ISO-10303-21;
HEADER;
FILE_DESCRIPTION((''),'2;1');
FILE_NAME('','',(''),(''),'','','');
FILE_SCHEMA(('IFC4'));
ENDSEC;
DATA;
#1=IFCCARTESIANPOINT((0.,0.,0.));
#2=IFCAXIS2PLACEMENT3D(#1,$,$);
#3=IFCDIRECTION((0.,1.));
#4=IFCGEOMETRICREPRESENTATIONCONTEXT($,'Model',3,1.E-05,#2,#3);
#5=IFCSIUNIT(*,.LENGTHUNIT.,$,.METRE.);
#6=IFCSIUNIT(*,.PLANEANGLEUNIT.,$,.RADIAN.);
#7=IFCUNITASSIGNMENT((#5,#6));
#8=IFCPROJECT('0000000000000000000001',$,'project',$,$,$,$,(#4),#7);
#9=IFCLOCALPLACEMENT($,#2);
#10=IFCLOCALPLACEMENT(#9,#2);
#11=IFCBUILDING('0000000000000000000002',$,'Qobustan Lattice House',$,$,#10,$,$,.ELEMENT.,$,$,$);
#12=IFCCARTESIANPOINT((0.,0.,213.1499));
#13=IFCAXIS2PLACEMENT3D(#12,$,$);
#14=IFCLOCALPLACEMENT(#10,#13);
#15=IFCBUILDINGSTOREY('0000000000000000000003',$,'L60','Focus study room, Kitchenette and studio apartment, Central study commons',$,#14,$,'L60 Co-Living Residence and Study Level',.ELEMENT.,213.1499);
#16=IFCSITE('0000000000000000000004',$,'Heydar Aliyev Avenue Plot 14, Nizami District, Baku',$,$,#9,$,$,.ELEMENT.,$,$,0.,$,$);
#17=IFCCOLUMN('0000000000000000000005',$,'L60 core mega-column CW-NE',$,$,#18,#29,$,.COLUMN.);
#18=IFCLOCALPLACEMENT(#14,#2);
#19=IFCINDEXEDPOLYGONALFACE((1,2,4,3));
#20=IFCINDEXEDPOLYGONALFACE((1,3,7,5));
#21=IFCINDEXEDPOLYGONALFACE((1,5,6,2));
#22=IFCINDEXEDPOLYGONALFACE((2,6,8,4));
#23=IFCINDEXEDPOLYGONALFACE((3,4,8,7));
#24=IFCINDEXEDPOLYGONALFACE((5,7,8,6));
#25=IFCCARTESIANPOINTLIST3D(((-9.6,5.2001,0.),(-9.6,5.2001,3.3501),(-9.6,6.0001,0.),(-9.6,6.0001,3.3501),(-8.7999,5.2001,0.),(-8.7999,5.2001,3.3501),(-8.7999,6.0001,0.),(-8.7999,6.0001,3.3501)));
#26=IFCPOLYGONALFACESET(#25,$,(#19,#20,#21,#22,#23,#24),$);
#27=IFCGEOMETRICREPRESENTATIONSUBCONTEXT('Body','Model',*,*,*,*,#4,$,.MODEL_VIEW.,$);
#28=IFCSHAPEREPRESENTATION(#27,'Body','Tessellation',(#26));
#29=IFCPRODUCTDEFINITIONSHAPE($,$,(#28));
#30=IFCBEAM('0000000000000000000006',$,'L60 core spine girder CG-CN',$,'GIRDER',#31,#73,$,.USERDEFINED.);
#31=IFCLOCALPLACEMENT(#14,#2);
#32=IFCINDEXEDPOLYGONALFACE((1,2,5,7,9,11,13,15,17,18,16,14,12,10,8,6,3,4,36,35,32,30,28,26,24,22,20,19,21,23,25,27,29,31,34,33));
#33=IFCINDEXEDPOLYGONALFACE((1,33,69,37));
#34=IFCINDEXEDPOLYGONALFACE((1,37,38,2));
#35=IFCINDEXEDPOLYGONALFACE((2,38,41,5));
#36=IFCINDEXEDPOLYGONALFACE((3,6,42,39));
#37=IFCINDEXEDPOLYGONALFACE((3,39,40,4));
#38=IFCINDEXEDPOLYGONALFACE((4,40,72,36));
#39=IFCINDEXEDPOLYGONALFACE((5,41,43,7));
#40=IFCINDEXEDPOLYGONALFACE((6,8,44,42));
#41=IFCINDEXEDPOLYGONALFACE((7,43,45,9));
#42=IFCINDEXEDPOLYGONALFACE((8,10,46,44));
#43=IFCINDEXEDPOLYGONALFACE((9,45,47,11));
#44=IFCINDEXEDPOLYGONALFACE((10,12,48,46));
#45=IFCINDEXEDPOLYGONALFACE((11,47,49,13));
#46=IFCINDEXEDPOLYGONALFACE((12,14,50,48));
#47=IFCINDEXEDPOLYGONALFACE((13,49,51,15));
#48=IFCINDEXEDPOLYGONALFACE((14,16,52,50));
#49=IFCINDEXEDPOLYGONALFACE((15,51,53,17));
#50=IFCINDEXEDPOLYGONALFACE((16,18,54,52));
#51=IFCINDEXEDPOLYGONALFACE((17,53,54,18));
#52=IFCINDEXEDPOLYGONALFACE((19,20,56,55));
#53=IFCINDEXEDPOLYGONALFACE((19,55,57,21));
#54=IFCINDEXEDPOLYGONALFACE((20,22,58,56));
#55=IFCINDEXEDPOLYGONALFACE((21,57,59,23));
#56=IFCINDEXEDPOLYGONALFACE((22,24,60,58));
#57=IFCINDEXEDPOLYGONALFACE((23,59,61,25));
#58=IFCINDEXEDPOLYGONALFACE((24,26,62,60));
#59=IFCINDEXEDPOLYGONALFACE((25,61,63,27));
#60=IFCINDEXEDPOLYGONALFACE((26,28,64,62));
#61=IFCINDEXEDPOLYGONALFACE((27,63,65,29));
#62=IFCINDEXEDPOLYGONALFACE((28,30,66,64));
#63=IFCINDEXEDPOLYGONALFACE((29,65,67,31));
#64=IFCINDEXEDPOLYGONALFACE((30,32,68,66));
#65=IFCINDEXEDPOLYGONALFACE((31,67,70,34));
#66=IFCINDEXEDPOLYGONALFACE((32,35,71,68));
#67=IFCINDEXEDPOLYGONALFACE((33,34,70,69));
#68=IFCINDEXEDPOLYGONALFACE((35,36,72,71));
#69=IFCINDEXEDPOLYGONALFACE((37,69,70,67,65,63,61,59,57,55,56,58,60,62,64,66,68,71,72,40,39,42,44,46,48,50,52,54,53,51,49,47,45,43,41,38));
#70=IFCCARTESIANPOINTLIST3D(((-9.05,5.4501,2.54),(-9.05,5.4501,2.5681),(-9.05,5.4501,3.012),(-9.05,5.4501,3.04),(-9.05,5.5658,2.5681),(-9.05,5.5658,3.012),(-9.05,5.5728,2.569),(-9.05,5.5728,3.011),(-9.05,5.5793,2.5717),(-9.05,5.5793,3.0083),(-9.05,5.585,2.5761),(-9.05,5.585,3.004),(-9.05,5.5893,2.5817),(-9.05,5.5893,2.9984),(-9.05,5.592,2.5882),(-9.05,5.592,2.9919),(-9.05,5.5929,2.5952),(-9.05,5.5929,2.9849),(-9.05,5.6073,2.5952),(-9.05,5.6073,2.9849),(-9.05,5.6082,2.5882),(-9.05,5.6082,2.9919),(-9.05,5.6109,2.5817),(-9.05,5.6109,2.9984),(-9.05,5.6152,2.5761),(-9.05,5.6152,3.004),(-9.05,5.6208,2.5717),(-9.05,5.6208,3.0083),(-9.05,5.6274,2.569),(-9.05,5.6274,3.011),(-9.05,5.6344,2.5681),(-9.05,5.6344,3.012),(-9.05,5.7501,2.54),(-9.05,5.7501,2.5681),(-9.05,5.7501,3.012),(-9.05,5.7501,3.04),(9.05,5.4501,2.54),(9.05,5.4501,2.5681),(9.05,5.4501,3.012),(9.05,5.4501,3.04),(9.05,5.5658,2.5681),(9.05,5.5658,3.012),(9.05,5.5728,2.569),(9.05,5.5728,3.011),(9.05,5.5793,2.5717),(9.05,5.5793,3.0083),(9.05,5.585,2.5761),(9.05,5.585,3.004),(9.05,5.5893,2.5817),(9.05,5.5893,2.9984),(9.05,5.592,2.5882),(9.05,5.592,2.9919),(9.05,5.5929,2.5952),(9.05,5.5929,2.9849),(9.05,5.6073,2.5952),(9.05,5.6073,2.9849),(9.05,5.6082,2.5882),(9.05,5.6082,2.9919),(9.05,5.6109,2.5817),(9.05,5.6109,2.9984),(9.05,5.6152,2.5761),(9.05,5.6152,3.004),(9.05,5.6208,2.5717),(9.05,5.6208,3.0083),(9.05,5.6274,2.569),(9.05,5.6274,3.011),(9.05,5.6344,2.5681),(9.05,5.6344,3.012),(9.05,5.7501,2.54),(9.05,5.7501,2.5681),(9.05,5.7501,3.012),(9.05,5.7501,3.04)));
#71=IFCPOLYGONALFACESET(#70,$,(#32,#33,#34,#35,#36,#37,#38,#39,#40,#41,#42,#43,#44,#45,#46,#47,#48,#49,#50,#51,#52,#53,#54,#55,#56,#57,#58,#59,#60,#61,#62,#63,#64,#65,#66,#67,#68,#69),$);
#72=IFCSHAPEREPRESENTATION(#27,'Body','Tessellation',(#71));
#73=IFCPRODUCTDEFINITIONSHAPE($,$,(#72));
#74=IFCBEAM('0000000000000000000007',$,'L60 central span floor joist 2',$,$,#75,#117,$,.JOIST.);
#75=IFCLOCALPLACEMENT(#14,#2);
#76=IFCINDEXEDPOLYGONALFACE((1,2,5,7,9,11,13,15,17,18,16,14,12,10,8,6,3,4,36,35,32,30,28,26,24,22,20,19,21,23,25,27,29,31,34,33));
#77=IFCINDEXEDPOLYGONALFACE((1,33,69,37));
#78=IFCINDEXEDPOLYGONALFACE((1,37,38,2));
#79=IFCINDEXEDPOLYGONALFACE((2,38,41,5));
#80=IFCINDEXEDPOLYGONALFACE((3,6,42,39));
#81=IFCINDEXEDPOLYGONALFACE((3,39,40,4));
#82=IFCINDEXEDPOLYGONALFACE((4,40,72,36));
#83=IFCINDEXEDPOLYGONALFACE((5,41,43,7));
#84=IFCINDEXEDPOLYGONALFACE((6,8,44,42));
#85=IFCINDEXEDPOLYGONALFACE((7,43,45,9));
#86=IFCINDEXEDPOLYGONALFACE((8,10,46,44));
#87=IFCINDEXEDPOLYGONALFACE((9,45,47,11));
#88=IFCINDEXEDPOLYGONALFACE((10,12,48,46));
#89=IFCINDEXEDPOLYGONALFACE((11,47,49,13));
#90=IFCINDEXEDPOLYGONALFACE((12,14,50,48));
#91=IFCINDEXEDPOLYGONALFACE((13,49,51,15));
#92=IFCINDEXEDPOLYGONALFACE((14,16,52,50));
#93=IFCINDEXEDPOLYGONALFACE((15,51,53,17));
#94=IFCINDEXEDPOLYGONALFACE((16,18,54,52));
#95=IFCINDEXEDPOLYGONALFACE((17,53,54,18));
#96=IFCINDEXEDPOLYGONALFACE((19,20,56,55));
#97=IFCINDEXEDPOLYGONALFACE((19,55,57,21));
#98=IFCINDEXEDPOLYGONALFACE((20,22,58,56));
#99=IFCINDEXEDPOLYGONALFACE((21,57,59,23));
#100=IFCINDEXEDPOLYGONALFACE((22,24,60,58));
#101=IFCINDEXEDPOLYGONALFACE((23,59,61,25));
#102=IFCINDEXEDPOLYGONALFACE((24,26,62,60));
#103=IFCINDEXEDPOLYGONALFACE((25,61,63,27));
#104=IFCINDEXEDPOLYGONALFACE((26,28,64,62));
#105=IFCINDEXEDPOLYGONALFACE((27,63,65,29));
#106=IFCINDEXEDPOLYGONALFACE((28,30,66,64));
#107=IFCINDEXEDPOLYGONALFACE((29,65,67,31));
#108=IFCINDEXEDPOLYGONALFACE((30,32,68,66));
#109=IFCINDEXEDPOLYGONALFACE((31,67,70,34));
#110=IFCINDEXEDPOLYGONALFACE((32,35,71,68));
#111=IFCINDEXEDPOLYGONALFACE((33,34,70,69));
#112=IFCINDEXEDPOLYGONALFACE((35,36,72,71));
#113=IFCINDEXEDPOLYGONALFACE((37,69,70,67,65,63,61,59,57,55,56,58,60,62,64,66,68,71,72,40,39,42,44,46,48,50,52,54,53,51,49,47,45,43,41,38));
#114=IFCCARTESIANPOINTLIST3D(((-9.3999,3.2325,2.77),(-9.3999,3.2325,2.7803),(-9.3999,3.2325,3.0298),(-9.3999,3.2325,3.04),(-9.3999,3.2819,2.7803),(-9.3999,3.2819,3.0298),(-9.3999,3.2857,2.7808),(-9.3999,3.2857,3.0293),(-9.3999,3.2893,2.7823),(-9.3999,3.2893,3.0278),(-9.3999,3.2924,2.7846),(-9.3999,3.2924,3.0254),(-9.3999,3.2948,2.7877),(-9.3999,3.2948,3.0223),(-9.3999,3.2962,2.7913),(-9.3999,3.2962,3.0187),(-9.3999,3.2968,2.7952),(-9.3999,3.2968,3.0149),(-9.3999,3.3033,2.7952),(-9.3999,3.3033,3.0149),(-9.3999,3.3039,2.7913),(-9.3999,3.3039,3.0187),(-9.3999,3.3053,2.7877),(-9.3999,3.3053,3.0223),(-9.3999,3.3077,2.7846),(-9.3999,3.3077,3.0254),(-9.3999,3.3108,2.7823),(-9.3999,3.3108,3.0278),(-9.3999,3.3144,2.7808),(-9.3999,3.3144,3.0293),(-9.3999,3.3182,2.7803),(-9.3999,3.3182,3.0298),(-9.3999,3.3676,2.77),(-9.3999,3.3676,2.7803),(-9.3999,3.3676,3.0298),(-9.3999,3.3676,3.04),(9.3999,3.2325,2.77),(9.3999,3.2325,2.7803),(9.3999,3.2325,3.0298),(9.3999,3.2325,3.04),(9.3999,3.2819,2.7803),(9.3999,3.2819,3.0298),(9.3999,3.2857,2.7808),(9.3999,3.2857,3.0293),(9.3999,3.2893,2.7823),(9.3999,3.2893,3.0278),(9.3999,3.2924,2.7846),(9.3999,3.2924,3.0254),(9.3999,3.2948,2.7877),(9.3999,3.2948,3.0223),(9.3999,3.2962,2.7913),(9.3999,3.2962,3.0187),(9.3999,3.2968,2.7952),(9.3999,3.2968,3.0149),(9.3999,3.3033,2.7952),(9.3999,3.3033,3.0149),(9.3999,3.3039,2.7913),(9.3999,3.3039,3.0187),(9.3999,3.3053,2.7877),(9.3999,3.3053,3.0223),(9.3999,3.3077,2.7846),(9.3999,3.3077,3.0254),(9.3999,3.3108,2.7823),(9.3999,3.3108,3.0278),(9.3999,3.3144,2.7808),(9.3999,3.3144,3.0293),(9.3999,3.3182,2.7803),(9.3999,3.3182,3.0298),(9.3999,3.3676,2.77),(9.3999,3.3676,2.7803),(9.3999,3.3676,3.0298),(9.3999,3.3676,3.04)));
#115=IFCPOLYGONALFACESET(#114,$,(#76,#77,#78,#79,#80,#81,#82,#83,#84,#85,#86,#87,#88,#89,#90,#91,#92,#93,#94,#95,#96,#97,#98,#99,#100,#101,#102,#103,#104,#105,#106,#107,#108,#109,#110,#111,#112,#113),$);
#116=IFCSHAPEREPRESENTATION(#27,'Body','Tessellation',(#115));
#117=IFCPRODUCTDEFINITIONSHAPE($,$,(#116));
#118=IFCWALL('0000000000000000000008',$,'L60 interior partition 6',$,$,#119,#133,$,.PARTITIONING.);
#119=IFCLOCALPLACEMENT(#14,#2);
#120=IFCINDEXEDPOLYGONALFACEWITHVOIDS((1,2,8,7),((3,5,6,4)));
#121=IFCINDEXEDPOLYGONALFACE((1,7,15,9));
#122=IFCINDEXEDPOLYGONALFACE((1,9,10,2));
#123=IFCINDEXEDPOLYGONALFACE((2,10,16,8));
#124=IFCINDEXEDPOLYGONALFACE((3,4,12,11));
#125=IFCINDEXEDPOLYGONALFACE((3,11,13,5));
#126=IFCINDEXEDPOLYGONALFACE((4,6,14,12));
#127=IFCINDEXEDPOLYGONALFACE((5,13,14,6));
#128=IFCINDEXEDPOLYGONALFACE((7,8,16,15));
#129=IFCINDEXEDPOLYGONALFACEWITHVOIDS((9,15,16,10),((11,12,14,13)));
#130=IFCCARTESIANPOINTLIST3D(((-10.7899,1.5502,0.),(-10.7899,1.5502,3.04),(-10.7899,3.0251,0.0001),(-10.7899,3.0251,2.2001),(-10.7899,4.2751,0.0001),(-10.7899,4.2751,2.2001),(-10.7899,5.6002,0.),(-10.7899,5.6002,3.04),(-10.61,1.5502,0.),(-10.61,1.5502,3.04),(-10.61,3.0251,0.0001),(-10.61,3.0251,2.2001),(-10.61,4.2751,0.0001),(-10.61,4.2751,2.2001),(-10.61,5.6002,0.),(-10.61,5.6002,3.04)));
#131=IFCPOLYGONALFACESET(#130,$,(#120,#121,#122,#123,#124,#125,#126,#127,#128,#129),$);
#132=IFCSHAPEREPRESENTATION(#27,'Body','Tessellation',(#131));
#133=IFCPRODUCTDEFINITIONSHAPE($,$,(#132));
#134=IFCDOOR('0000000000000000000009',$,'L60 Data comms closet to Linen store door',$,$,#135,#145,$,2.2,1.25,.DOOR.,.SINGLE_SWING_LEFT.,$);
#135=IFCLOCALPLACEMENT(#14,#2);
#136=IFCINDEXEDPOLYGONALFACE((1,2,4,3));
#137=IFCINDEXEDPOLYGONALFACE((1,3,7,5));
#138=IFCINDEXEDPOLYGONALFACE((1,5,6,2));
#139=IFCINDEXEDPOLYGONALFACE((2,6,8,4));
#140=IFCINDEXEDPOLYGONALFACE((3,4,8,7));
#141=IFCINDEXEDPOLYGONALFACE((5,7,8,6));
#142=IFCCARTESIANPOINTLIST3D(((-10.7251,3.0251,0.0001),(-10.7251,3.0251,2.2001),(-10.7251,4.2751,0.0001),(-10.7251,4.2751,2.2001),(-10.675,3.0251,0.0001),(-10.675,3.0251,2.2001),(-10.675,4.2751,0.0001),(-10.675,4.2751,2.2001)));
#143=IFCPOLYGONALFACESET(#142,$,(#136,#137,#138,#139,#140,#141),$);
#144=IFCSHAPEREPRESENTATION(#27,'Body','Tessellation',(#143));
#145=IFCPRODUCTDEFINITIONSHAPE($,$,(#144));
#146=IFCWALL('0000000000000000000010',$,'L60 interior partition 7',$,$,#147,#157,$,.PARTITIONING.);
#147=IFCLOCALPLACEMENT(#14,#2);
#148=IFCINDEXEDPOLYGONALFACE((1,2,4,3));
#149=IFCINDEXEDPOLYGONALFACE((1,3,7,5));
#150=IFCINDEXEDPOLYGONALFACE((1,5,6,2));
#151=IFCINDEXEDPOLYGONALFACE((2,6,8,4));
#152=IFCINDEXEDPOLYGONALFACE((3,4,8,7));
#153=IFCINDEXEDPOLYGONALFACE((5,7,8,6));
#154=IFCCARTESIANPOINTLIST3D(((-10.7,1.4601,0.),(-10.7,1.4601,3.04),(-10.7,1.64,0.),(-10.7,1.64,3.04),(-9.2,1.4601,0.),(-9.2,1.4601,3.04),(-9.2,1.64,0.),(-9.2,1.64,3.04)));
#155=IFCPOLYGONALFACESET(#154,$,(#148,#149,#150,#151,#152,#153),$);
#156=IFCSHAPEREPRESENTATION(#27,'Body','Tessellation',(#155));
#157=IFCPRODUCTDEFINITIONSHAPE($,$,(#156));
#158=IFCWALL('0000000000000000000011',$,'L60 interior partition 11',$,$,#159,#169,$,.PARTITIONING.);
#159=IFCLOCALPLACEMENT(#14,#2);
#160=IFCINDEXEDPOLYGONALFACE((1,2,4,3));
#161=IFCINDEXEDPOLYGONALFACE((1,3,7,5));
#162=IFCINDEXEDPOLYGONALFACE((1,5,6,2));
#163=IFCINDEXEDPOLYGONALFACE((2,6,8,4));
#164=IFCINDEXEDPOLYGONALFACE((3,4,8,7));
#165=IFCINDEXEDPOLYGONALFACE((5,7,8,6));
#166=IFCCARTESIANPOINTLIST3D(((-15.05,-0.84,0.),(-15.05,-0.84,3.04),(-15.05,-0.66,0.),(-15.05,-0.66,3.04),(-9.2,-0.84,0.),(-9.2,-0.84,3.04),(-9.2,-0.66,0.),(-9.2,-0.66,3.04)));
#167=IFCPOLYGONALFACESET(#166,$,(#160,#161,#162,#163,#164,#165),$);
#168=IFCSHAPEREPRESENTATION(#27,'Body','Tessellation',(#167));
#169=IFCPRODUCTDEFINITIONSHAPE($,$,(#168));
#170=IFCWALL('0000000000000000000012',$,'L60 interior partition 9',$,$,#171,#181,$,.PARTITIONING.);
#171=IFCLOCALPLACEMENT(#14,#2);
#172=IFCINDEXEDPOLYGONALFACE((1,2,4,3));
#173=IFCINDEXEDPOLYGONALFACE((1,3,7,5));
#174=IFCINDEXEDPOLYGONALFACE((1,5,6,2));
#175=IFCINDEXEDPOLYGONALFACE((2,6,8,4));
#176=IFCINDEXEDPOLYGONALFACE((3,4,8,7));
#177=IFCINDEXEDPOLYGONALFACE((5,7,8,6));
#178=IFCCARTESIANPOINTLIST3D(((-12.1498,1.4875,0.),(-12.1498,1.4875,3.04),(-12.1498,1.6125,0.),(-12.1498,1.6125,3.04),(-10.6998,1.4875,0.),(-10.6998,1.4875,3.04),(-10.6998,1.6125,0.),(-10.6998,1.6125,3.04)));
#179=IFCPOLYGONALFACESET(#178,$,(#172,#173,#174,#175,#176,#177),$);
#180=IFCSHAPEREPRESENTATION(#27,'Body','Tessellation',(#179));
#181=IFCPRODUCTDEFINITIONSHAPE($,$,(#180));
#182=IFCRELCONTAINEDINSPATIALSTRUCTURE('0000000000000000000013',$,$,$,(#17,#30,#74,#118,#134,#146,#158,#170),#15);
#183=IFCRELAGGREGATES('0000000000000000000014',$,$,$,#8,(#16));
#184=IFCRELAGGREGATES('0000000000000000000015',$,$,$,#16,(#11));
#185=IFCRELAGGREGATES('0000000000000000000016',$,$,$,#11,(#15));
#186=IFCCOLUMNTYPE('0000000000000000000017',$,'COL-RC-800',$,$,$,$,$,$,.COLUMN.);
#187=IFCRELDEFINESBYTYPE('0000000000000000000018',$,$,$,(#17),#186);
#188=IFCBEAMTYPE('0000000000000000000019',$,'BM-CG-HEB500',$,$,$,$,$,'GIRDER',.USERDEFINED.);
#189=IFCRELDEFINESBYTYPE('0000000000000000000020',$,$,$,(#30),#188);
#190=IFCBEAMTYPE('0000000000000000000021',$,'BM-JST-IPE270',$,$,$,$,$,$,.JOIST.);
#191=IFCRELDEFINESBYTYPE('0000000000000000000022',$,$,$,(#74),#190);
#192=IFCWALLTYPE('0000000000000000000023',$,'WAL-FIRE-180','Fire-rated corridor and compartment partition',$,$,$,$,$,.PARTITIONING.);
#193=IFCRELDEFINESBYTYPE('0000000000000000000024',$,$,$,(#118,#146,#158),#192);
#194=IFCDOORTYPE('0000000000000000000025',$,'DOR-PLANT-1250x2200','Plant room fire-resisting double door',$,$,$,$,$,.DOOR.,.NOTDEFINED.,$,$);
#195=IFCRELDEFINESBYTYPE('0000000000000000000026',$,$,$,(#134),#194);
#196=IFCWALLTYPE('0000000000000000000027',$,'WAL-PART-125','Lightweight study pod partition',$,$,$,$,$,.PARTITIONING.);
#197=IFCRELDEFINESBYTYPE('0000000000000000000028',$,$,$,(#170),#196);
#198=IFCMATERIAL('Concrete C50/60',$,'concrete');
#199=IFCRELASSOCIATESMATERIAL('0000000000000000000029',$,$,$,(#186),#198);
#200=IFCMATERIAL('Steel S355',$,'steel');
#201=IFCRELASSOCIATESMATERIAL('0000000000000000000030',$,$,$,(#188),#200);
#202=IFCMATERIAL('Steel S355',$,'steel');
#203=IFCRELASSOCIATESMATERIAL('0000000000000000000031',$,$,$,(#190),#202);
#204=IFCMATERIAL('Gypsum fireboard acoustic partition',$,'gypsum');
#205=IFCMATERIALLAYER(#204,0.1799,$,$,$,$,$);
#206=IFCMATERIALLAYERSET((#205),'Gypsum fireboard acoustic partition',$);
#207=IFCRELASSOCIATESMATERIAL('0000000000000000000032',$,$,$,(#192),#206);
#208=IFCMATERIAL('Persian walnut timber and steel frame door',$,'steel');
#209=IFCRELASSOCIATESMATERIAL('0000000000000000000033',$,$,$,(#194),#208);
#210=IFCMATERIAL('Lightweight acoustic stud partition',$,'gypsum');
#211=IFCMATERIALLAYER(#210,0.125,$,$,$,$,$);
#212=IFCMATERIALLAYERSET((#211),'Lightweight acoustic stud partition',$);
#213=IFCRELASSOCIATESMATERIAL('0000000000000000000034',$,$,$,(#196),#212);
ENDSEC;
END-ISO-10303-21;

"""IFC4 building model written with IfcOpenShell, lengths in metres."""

from ifc_helpers import new_model, si_unit, direction, frame, frame_2d, origin, origin_2d, place, context, subcontext, project, spatial, rectangle, i_section, extrude, material, layer, layer_set, material_profile, profile_set, type_object, element, fill, save


model = new_model("IFC4")

# Units and contexts
model_context = context("Model", 3, precision=1e-05, world=origin(), true_north=direction((0.0, 1.0)))
body_context = subcontext(model_context, "Body", "Model", "MODEL_VIEW")
ifc_project = project(units=[si_unit("LENGTHUNIT", "METRE"), si_unit("PLANEANGLEUNIT", "RADIAN")], contexts=[model_context])

# Site, building, storey
site_placement = place(None, origin())
site = spatial("IfcSite", under=ifc_project, at=site_placement, Name="Heydar Aliyev Avenue Plot 14, Nizami District, Baku", CompositionType="ELEMENT", RefElevation=0.0)
building_placement = place(site_placement, origin())
building = spatial("IfcBuilding", under=site, at=building_placement, Name="Qobustan Lattice House", CompositionType="ELEMENT")
storey_placement = place(building_placement, frame((0.0, 0.0, 213.1499)))
storey = spatial("IfcBuildingStorey", under=building, at=storey_placement, Name="L60", Description="Focus study room, Kitchenette and studio apartment, Central study commons", LongName="L60 Co-Living Residence and Study Level", CompositionType="ELEMENT", Elevation=213.1499)

# Column
ifc_material_1 = material(Name="Concrete C50/60", Category="concrete")
ifc_material_profile_1 = material_profile(ifc_material_1, rectangle(XDim=0.8, YDim=0.8, at=origin_2d()), Name="RC800x800")
ifc_profile_set_1 = profile_set([ifc_material_profile_1], Name="Concrete C50/60")
column_type = type_object("IfcColumnType", Name="COL-RC-800", PredefinedType="COLUMN", material=ifc_profile_set_1)
column_placement = place(storey_placement, frame((-9.2, 5.6001, 0.0), z_axis=(0.0, 0.0, 1.0), x_axis=(1.0, 0.0, 0.0)))
element("IfcColumn", 1, at=column_placement, inside=storey, type_object=column_type, Name="L60 core mega-column CW-NE", PredefinedType="COLUMN", context=body_context, shape_type="SweptSolid", body=[
    extrude(rectangle(XDim=0.8, YDim=0.8, at=origin_2d()), origin(), (0.0, 0.0, 1.0), 3.3501),
])

# Beams
ifc_material_2 = material(Name="Steel S355", Category="steel")
ifc_material_profile_2 = material_profile(ifc_material_2, i_section(OverallWidth=0.3, OverallDepth=0.5, WebThickness=0.0144, FlangeThickness=0.0281, FilletRadius=0.0271, at=origin_2d()), Name="HEB500")
ifc_profile_set_2 = profile_set([ifc_material_profile_2], Name="Steel S355")
beam_type_1 = type_object("IfcBeamType", Name="BM-CG-HEB500", ElementType="GIRDER", PredefinedType="USERDEFINED", material=ifc_profile_set_2)
beam_1_placement = place(storey_placement, frame((-9.05, 5.6001, 2.79), z_axis=(1.0, 0.0, 0.0), x_axis=(0.0, 1.0, 0.0)))
element("IfcBeam", 2, at=beam_1_placement, inside=storey, type_object=beam_type_1, Name="L60 core spine girder CG-CN", ObjectType="GIRDER", PredefinedType="USERDEFINED", context=body_context, shape_type="SweptSolid", body=[
    extrude(i_section(OverallWidth=0.3, OverallDepth=0.5, WebThickness=0.0144, FlangeThickness=0.0281, FilletRadius=0.0271, at=origin_2d()), origin(), (0.0, 0.0, 1.0), 18.1001),
])
ifc_material_3 = material(Name="Steel S355", Category="steel")
ifc_material_profile_3 = material_profile(ifc_material_3, i_section(OverallWidth=0.135, OverallDepth=0.27, WebThickness=0.0066, FlangeThickness=0.0103, FilletRadius=0.0149, at=origin_2d()), Name="IPE270")
ifc_profile_set_3 = profile_set([ifc_material_profile_3], Name="Steel S355")
beam_type_2 = type_object("IfcBeamType", Name="BM-JST-IPE270", PredefinedType="JOIST", material=ifc_profile_set_3)
beam_2_placement = place(storey_placement, frame((-9.3999, 3.3, 2.905), z_axis=(1.0, 0.0, 0.0), x_axis=(0.0, 1.0, 0.0)))
element("IfcBeam", 3, at=beam_2_placement, inside=storey, type_object=beam_type_2, Name="L60 central span floor joist 2", PredefinedType="JOIST", context=body_context, shape_type="SweptSolid", body=[
    extrude(i_section(OverallWidth=0.135, OverallDepth=0.27, WebThickness=0.0066, FlangeThickness=0.0103, FilletRadius=0.0149, at=origin_2d()), origin(), (0.0, 0.0, 1.0), 18.7998),
])

# Wall, opening, door
ifc_material_4 = material(Name="Gypsum fireboard acoustic partition", Category="gypsum")
ifc_layer_1 = layer(ifc_material_4, 0.1799)
ifc_layer_set_1 = layer_set([ifc_layer_1], Name="Gypsum fireboard acoustic partition")
wall_type_1 = type_object("IfcWallType", Name="WAL-FIRE-180", Description="Fire-rated corridor and compartment partition", PredefinedType="PARTITIONING", material=ifc_layer_set_1)
wall_1_placement = place(storey_placement, frame((-10.7, 5.6001, 0.0), z_axis=(0.0, 0.0, 1.0), x_axis=(0.0, -1.0, 0.0)))
wall_1 = element("IfcWall", 4, at=wall_1_placement, inside=storey, type_object=wall_type_1, Name="L60 interior partition 6", PredefinedType="PARTITIONING", context=body_context, shape_type="SweptSolid", body=[
    extrude(rectangle(XDim=4.05, YDim=0.1799, at=frame_2d((2.0249, 0.0))), origin(), (0.0, 0.0, 1.0), 3.04),
])
opening_1_placement = place(wall_1_placement, frame((1.325, 0.0, 0.0)))
opening_1 = element("IfcOpeningElement", 5, at=opening_1_placement, cuts=wall_1, PredefinedType="OPENING", context=body_context, shape_type="SweptSolid", body=[
    extrude(rectangle(XDim=1.25, YDim=2.2, at=frame_2d((0.625, 1.1001))), frame((0.0, 0.0999, 0.0), z_axis=(0.0, -1.0, 0.0), x_axis=(1.0, 0.0, 0.0)), (0.0, 0.0, 1.0), 0.2),
])
ifc_material_5 = material(Name="Persian walnut timber and steel frame door", Category="steel")
door_type_1 = type_object("IfcDoorType", Name="DOR-PLANT-1250x2200", Description="Plant room fire-resisting double door", OperationType="NOTDEFINED", PredefinedType="DOOR", material=ifc_material_5)
door_1_placement = place(opening_1_placement, origin())
door_1 = element("IfcDoor", 6, at=door_1_placement, inside=storey, type_object=door_type_1, Name="L60 Data comms closet to Linen store door", OperationType="SINGLE_SWING_LEFT", OverallHeight=2.2, OverallWidth=1.25, PredefinedType="DOOR", context=body_context, shape_type="SweptSolid", body=[
    extrude(rectangle(XDim=1.25, YDim=2.2, at=frame_2d((0.625, 1.1001))), frame((0.0, 0.0249, 0.0), z_axis=(0.0, -1.0, 0.0), x_axis=(1.0, 0.0, 0.0)), (0.0, 0.0, 1.0), 0.05),
])
fill(opening_1, door_1)

# Walls
wall_2_placement = place(storey_placement, frame((-10.7, 1.55, 0.0), z_axis=(0.0, 0.0, 1.0), x_axis=(1.0, 0.0, 0.0)))
element("IfcWall", 7, at=wall_2_placement, inside=storey, type_object=wall_type_1, Name="L60 interior partition 7", PredefinedType="PARTITIONING", context=body_context, shape_type="SweptSolid", body=[
    extrude(rectangle(XDim=1.5, YDim=0.1799, at=frame_2d((0.75, 0.0))), origin(), (0.0, 0.0, 1.0), 3.04),
])
wall_3_placement = place(storey_placement, frame((-9.2, -0.75, 0.0), z_axis=(0.0, 0.0, 1.0), x_axis=(-1.0, 0.0, 0.0)))
element("IfcWall", 8, at=wall_3_placement, inside=storey, type_object=wall_type_1, Name="L60 interior partition 11", PredefinedType="PARTITIONING", context=body_context, shape_type="SweptSolid", body=[
    extrude(rectangle(XDim=5.8501, YDim=0.1799, at=frame_2d((2.925, 0.0))), origin(), (0.0, 0.0, 1.0), 3.04),
])
ifc_material_6 = material(Name="Lightweight acoustic stud partition", Category="gypsum")
ifc_layer_2 = layer(ifc_material_6, 0.125)
ifc_layer_set_2 = layer_set([ifc_layer_2], Name="Lightweight acoustic stud partition")
wall_type_2 = type_object("IfcWallType", Name="WAL-PART-125", Description="Lightweight study pod partition", PredefinedType="PARTITIONING", material=ifc_layer_set_2)
wall_4_placement = place(storey_placement, frame((-12.1499, 1.55, 0.0), z_axis=(0.0, 0.0, 1.0), x_axis=(1.0, 0.0, 0.0)))
element("IfcWall", 9, at=wall_4_placement, inside=storey, type_object=wall_type_2, Name="L60 interior partition 9", PredefinedType="PARTITIONING", context=body_context, shape_type="SweptSolid", body=[
    extrude(rectangle(XDim=1.45, YDim=0.125, at=frame_2d((0.7251, 0.0))), origin(), (0.0, 0.0, 1.0), 3.04),
])

save(model, "model.ifc")
